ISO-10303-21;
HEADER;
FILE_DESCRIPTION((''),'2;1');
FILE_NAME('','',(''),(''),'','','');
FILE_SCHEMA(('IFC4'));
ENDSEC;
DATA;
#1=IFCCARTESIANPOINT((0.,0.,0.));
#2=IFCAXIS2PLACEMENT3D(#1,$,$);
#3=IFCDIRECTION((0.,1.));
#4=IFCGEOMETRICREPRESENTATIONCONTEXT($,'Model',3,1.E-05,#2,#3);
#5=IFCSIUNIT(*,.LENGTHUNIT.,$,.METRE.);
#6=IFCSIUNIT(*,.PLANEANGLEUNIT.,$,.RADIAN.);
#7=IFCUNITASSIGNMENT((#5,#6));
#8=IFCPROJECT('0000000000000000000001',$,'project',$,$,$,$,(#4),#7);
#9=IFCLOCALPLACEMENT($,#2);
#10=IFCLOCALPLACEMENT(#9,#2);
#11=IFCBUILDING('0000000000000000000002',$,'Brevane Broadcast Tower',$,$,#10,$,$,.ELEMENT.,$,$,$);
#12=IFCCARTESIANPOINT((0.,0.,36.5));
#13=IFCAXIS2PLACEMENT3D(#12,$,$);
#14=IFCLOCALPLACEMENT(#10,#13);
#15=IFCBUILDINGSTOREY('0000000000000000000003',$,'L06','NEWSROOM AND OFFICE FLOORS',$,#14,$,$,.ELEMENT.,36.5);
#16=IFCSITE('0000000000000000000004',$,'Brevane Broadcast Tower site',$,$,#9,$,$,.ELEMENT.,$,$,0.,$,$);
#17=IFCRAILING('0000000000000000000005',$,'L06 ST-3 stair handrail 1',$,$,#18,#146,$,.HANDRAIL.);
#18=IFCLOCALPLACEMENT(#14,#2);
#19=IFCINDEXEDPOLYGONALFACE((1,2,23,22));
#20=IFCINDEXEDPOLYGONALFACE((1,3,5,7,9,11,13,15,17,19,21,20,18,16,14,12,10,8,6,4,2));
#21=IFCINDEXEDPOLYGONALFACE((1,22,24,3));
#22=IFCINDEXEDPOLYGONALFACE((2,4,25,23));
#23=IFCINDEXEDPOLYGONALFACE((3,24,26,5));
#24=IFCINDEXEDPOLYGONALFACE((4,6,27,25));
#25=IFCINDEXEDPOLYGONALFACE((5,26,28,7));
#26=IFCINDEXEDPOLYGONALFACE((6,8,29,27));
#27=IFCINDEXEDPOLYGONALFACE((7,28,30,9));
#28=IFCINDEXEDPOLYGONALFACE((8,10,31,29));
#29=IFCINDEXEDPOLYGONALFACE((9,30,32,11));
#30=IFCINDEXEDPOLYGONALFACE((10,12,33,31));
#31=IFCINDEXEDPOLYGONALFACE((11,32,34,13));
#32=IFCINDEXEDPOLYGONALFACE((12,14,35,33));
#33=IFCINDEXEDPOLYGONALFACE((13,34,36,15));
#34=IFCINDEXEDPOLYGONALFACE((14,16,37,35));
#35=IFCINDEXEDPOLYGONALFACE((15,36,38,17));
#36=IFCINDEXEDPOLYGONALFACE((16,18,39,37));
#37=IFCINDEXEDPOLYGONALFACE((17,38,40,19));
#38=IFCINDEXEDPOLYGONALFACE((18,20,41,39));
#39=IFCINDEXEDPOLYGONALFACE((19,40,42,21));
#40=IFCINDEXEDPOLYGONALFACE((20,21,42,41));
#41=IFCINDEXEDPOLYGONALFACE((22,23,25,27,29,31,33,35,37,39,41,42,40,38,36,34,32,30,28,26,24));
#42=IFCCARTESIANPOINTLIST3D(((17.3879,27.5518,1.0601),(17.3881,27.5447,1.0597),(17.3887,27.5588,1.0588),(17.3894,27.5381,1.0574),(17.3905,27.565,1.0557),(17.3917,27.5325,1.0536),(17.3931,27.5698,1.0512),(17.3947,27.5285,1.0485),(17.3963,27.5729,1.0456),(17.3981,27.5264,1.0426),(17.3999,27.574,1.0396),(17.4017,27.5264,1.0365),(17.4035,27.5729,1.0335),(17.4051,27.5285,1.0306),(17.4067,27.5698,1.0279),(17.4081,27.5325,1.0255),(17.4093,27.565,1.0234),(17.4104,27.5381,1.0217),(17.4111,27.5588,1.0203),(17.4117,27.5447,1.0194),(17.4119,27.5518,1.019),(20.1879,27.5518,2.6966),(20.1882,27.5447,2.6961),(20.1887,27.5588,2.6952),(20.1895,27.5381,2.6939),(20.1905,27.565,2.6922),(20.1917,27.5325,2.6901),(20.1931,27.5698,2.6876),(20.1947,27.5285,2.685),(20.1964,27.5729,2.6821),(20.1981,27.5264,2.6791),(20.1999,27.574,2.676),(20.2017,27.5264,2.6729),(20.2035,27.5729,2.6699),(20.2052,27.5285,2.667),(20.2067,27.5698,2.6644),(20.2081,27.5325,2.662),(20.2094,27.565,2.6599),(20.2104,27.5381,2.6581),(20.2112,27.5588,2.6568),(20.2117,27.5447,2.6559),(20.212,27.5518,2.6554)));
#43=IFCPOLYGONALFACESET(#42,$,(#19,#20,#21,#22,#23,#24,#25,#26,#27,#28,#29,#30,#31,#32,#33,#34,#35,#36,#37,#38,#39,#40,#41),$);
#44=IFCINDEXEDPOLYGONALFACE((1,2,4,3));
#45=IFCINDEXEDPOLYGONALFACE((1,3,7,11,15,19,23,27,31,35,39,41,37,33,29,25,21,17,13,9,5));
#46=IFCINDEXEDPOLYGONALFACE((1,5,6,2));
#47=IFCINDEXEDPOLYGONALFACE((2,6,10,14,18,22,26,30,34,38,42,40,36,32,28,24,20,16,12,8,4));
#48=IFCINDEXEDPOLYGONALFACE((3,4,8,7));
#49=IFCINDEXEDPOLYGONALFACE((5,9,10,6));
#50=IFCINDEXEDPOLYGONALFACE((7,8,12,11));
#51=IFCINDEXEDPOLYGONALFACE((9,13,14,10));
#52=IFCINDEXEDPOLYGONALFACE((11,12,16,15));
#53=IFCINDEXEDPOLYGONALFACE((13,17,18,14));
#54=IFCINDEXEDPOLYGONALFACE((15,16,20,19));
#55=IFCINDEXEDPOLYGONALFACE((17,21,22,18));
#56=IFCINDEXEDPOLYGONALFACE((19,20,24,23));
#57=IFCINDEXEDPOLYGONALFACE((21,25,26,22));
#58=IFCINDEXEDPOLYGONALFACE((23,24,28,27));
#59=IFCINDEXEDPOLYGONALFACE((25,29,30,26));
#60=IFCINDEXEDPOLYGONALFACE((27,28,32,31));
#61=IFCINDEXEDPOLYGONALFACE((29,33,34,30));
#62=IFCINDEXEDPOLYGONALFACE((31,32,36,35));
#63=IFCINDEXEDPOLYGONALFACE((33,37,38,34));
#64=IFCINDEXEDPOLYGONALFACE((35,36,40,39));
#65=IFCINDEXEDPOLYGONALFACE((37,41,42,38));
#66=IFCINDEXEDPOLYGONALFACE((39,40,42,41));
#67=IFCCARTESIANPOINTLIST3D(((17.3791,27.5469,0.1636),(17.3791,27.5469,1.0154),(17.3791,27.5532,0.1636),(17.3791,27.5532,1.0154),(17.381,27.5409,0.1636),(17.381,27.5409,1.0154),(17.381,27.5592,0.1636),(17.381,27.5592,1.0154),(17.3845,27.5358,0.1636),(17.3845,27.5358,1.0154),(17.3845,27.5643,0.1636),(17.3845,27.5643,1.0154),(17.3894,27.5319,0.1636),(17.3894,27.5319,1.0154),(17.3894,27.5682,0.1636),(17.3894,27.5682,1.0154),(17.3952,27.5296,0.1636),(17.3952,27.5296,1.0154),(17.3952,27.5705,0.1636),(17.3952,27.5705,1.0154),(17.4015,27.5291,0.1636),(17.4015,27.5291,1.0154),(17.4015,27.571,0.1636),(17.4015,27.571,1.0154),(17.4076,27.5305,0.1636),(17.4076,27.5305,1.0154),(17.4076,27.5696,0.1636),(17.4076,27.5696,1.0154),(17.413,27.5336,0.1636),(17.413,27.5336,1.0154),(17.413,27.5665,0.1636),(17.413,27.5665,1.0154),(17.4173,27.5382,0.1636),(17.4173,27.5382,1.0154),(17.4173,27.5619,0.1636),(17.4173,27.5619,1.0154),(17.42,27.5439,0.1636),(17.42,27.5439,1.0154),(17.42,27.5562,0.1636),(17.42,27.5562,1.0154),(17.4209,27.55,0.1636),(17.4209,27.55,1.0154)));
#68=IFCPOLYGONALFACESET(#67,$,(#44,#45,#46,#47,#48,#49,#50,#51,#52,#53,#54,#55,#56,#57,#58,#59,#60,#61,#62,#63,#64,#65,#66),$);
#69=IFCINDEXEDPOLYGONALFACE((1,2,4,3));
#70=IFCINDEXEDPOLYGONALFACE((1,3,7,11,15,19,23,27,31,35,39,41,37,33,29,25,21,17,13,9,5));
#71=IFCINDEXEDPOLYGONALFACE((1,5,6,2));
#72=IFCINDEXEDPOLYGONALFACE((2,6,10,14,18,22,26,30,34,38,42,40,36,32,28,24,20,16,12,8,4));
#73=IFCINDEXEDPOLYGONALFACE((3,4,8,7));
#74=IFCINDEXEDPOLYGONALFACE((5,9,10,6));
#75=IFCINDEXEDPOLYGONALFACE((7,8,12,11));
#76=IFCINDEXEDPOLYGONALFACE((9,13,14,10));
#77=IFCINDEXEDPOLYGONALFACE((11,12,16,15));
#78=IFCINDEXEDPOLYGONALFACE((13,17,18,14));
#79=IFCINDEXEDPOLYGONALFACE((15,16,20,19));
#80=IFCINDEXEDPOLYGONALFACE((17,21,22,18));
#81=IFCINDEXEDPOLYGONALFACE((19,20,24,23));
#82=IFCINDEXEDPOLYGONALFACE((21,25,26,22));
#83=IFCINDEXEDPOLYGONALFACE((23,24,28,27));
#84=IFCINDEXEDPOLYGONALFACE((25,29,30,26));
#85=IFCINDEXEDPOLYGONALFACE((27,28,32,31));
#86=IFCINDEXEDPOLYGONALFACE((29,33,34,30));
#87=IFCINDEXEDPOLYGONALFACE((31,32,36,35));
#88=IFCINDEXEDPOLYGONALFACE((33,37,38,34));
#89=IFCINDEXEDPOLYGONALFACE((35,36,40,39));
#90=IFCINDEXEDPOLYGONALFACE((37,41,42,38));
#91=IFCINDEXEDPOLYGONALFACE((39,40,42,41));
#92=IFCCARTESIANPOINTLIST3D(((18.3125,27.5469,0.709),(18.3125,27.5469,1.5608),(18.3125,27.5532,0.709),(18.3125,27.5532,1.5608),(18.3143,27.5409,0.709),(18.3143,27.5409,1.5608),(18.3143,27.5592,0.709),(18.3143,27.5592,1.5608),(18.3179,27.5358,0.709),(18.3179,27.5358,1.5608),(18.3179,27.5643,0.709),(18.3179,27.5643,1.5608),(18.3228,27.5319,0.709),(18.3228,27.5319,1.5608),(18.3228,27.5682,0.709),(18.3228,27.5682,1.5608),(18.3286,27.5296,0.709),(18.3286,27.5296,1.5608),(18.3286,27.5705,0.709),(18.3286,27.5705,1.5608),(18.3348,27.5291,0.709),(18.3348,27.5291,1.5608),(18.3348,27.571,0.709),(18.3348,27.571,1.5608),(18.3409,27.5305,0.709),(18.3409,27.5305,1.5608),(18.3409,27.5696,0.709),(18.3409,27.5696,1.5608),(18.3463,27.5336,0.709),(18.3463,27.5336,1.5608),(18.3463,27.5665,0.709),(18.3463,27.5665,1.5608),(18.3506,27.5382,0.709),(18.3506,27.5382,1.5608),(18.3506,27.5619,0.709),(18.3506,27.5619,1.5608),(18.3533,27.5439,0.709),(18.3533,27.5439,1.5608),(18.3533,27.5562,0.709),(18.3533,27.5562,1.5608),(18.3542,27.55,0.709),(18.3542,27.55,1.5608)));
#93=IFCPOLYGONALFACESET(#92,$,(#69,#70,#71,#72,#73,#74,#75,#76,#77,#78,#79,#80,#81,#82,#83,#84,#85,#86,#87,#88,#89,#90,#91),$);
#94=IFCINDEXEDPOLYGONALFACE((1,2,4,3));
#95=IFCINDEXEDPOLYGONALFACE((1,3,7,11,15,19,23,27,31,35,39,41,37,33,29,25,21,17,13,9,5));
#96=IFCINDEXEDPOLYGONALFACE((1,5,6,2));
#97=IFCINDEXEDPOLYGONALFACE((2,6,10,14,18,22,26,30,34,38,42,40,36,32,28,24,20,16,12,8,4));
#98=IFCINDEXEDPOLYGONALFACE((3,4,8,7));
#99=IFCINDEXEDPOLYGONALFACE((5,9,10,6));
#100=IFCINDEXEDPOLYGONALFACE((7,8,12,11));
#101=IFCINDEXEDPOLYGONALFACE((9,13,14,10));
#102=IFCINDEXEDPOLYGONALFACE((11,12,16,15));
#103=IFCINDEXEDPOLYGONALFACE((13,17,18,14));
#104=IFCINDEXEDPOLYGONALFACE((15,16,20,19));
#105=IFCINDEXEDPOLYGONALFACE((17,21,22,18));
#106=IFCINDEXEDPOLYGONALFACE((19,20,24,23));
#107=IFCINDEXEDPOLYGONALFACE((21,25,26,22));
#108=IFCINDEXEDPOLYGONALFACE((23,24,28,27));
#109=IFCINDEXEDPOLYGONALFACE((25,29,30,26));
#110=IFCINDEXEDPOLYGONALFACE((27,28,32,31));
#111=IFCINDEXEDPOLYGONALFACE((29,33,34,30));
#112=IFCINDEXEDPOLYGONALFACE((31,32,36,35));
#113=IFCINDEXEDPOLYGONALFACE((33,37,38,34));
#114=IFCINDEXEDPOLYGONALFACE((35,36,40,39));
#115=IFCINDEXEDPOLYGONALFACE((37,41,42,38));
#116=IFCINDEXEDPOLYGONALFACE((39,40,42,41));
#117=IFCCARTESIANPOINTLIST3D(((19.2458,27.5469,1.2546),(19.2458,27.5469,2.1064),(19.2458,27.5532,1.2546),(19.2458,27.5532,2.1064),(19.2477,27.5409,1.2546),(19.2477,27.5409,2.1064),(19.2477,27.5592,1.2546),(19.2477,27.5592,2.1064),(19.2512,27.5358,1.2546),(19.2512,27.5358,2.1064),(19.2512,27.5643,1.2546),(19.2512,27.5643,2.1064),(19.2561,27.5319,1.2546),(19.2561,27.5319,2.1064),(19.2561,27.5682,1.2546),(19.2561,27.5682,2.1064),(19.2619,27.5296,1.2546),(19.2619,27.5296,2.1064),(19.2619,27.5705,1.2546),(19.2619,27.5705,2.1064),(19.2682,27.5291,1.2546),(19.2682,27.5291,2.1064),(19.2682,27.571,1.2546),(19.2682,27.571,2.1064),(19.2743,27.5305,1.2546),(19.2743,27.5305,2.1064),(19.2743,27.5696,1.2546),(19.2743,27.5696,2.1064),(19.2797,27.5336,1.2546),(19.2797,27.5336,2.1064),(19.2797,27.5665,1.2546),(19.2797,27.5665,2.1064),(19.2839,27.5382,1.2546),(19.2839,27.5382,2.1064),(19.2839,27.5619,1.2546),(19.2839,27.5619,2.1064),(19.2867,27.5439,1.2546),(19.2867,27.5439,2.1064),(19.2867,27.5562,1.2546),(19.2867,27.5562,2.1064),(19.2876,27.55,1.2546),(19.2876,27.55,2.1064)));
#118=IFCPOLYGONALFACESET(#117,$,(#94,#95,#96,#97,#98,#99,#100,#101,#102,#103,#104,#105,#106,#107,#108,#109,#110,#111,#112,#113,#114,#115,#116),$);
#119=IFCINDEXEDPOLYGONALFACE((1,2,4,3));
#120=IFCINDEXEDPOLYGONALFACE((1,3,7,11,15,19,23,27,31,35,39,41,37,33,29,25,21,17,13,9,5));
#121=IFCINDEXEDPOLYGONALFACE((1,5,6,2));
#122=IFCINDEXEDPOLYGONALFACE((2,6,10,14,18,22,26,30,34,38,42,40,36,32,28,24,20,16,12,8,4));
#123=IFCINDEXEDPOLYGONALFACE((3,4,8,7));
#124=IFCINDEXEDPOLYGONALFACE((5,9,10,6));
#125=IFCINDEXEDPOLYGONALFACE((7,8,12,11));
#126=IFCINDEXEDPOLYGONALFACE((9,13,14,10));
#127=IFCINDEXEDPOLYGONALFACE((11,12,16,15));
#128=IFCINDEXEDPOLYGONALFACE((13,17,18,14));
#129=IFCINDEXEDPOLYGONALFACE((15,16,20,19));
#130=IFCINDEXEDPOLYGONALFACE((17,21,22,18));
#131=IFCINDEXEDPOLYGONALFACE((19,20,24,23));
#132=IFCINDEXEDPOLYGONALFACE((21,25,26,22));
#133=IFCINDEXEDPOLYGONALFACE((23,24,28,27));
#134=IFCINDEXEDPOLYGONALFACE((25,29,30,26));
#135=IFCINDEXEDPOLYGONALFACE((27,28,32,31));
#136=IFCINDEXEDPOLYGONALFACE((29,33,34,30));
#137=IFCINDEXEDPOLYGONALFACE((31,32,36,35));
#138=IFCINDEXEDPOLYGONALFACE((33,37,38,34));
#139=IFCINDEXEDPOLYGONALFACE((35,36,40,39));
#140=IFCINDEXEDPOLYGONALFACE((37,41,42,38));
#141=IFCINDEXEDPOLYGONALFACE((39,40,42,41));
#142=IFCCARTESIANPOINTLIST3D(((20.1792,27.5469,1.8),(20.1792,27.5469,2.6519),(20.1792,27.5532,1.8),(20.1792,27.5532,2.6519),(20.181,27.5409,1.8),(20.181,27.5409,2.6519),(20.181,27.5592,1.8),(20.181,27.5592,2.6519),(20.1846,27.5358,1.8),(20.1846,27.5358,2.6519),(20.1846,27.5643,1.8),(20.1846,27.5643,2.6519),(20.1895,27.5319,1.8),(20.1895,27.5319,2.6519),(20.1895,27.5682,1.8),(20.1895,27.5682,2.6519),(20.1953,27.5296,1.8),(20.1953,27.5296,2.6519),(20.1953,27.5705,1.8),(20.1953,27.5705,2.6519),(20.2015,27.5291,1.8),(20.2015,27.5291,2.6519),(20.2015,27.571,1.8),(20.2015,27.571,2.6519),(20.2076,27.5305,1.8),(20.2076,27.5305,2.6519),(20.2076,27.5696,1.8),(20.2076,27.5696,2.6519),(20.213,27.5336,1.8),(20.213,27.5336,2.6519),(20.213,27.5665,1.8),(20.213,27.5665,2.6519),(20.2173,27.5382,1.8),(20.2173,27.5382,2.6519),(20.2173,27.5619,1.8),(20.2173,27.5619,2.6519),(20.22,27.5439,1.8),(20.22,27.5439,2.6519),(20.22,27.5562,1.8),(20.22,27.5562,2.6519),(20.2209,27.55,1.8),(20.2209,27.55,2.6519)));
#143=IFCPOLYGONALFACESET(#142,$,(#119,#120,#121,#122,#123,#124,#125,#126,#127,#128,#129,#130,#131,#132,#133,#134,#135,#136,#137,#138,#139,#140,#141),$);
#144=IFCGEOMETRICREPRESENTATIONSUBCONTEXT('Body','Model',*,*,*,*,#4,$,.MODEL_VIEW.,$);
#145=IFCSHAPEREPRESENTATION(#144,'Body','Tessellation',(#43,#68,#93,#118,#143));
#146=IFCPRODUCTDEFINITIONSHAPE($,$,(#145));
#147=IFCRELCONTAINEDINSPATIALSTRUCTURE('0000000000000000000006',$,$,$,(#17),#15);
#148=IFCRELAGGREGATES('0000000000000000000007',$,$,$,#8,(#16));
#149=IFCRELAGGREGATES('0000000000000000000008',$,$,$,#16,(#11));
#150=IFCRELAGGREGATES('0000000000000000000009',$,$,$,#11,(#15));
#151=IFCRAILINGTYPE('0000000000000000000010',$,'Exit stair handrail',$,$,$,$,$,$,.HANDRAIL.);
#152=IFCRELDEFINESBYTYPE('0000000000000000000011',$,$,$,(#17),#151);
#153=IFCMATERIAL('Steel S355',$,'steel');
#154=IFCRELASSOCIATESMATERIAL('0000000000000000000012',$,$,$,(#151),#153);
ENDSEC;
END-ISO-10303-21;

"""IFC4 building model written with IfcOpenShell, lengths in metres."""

from ifc_helpers import new_model, si_unit, direction, frame, origin, origin_2d, place, context, subcontext, project, spatial, circle, extrude, material, type_object, element, save


model = new_model("IFC4")

# Units and contexts
model_context = context("Model", 3, precision=1e-05, world=origin(), true_north=direction((0.0, 1.0)))
body_context = subcontext(model_context, "Body", "Model", "MODEL_VIEW")
ifc_project = project(units=[si_unit("LENGTHUNIT", "METRE"), si_unit("PLANEANGLEUNIT", "RADIAN")], contexts=[model_context])

# Site, building, storey
site_placement = place(None, origin())
site = spatial("IfcSite", under=ifc_project, at=site_placement, Name="Brevane Broadcast Tower site", CompositionType="ELEMENT", RefElevation=0.0)
building_placement = place(site_placement, origin())
building = spatial("IfcBuilding", under=site, at=building_placement, Name="Brevane Broadcast Tower", CompositionType="ELEMENT")
storey_placement = place(building_placement, frame((0.0, 0.0, 36.5)))
storey = spatial("IfcBuildingStorey", under=building, at=storey_placement, Name="L06", Description="NEWSROOM AND OFFICE FLOORS", CompositionType="ELEMENT", Elevation=36.5)

# Shared definitions
ifc_material_1 = material(Name="Steel S355", Category="steel")

# Railing
railing_type_1 = type_object("IfcRailingType", Name="Exit stair handrail", PredefinedType="HANDRAIL", material=ifc_material_1)
railing_1_placement = place(storey_placement, frame((17.3999, 27.55, 0.1636)))
element("IfcRailing", 1, at=railing_1_placement, inside=storey, type_object=railing_type_1, Name="L06 ST-3 stair handrail 1", PredefinedType="HANDRAIL", context=body_context, shape_type="SweptSolid", body=[
    extrude(circle(Radius=0.0239, at=origin_2d()), frame((0.0, 0.0, 0.876), z_axis=(0.863361, 0.0, 0.504587), x_axis=(0.0, 1.0, 0.0)), (0.0, 0.0, 1.0), 3.2432),
    extrude(circle(Radius=0.021, at=origin_2d()), origin(), (0.0, 0.0, 1.0), 0.8518),
    extrude(circle(Radius=0.021, at=origin_2d()), frame((0.9333, 0.0, 0.5454)), (0.0, 0.0, 1.0), 0.8518),
    extrude(circle(Radius=0.021, at=origin_2d()), frame((1.8667, 0.0, 1.0911)), (0.0, 0.0, 1.0), 0.8518),
    extrude(circle(Radius=0.021, at=origin_2d()), frame((2.8, 0.0, 1.6365)), (0.0, 0.0, 1.0), 0.8518),
])

save(model, "model.ifc")
